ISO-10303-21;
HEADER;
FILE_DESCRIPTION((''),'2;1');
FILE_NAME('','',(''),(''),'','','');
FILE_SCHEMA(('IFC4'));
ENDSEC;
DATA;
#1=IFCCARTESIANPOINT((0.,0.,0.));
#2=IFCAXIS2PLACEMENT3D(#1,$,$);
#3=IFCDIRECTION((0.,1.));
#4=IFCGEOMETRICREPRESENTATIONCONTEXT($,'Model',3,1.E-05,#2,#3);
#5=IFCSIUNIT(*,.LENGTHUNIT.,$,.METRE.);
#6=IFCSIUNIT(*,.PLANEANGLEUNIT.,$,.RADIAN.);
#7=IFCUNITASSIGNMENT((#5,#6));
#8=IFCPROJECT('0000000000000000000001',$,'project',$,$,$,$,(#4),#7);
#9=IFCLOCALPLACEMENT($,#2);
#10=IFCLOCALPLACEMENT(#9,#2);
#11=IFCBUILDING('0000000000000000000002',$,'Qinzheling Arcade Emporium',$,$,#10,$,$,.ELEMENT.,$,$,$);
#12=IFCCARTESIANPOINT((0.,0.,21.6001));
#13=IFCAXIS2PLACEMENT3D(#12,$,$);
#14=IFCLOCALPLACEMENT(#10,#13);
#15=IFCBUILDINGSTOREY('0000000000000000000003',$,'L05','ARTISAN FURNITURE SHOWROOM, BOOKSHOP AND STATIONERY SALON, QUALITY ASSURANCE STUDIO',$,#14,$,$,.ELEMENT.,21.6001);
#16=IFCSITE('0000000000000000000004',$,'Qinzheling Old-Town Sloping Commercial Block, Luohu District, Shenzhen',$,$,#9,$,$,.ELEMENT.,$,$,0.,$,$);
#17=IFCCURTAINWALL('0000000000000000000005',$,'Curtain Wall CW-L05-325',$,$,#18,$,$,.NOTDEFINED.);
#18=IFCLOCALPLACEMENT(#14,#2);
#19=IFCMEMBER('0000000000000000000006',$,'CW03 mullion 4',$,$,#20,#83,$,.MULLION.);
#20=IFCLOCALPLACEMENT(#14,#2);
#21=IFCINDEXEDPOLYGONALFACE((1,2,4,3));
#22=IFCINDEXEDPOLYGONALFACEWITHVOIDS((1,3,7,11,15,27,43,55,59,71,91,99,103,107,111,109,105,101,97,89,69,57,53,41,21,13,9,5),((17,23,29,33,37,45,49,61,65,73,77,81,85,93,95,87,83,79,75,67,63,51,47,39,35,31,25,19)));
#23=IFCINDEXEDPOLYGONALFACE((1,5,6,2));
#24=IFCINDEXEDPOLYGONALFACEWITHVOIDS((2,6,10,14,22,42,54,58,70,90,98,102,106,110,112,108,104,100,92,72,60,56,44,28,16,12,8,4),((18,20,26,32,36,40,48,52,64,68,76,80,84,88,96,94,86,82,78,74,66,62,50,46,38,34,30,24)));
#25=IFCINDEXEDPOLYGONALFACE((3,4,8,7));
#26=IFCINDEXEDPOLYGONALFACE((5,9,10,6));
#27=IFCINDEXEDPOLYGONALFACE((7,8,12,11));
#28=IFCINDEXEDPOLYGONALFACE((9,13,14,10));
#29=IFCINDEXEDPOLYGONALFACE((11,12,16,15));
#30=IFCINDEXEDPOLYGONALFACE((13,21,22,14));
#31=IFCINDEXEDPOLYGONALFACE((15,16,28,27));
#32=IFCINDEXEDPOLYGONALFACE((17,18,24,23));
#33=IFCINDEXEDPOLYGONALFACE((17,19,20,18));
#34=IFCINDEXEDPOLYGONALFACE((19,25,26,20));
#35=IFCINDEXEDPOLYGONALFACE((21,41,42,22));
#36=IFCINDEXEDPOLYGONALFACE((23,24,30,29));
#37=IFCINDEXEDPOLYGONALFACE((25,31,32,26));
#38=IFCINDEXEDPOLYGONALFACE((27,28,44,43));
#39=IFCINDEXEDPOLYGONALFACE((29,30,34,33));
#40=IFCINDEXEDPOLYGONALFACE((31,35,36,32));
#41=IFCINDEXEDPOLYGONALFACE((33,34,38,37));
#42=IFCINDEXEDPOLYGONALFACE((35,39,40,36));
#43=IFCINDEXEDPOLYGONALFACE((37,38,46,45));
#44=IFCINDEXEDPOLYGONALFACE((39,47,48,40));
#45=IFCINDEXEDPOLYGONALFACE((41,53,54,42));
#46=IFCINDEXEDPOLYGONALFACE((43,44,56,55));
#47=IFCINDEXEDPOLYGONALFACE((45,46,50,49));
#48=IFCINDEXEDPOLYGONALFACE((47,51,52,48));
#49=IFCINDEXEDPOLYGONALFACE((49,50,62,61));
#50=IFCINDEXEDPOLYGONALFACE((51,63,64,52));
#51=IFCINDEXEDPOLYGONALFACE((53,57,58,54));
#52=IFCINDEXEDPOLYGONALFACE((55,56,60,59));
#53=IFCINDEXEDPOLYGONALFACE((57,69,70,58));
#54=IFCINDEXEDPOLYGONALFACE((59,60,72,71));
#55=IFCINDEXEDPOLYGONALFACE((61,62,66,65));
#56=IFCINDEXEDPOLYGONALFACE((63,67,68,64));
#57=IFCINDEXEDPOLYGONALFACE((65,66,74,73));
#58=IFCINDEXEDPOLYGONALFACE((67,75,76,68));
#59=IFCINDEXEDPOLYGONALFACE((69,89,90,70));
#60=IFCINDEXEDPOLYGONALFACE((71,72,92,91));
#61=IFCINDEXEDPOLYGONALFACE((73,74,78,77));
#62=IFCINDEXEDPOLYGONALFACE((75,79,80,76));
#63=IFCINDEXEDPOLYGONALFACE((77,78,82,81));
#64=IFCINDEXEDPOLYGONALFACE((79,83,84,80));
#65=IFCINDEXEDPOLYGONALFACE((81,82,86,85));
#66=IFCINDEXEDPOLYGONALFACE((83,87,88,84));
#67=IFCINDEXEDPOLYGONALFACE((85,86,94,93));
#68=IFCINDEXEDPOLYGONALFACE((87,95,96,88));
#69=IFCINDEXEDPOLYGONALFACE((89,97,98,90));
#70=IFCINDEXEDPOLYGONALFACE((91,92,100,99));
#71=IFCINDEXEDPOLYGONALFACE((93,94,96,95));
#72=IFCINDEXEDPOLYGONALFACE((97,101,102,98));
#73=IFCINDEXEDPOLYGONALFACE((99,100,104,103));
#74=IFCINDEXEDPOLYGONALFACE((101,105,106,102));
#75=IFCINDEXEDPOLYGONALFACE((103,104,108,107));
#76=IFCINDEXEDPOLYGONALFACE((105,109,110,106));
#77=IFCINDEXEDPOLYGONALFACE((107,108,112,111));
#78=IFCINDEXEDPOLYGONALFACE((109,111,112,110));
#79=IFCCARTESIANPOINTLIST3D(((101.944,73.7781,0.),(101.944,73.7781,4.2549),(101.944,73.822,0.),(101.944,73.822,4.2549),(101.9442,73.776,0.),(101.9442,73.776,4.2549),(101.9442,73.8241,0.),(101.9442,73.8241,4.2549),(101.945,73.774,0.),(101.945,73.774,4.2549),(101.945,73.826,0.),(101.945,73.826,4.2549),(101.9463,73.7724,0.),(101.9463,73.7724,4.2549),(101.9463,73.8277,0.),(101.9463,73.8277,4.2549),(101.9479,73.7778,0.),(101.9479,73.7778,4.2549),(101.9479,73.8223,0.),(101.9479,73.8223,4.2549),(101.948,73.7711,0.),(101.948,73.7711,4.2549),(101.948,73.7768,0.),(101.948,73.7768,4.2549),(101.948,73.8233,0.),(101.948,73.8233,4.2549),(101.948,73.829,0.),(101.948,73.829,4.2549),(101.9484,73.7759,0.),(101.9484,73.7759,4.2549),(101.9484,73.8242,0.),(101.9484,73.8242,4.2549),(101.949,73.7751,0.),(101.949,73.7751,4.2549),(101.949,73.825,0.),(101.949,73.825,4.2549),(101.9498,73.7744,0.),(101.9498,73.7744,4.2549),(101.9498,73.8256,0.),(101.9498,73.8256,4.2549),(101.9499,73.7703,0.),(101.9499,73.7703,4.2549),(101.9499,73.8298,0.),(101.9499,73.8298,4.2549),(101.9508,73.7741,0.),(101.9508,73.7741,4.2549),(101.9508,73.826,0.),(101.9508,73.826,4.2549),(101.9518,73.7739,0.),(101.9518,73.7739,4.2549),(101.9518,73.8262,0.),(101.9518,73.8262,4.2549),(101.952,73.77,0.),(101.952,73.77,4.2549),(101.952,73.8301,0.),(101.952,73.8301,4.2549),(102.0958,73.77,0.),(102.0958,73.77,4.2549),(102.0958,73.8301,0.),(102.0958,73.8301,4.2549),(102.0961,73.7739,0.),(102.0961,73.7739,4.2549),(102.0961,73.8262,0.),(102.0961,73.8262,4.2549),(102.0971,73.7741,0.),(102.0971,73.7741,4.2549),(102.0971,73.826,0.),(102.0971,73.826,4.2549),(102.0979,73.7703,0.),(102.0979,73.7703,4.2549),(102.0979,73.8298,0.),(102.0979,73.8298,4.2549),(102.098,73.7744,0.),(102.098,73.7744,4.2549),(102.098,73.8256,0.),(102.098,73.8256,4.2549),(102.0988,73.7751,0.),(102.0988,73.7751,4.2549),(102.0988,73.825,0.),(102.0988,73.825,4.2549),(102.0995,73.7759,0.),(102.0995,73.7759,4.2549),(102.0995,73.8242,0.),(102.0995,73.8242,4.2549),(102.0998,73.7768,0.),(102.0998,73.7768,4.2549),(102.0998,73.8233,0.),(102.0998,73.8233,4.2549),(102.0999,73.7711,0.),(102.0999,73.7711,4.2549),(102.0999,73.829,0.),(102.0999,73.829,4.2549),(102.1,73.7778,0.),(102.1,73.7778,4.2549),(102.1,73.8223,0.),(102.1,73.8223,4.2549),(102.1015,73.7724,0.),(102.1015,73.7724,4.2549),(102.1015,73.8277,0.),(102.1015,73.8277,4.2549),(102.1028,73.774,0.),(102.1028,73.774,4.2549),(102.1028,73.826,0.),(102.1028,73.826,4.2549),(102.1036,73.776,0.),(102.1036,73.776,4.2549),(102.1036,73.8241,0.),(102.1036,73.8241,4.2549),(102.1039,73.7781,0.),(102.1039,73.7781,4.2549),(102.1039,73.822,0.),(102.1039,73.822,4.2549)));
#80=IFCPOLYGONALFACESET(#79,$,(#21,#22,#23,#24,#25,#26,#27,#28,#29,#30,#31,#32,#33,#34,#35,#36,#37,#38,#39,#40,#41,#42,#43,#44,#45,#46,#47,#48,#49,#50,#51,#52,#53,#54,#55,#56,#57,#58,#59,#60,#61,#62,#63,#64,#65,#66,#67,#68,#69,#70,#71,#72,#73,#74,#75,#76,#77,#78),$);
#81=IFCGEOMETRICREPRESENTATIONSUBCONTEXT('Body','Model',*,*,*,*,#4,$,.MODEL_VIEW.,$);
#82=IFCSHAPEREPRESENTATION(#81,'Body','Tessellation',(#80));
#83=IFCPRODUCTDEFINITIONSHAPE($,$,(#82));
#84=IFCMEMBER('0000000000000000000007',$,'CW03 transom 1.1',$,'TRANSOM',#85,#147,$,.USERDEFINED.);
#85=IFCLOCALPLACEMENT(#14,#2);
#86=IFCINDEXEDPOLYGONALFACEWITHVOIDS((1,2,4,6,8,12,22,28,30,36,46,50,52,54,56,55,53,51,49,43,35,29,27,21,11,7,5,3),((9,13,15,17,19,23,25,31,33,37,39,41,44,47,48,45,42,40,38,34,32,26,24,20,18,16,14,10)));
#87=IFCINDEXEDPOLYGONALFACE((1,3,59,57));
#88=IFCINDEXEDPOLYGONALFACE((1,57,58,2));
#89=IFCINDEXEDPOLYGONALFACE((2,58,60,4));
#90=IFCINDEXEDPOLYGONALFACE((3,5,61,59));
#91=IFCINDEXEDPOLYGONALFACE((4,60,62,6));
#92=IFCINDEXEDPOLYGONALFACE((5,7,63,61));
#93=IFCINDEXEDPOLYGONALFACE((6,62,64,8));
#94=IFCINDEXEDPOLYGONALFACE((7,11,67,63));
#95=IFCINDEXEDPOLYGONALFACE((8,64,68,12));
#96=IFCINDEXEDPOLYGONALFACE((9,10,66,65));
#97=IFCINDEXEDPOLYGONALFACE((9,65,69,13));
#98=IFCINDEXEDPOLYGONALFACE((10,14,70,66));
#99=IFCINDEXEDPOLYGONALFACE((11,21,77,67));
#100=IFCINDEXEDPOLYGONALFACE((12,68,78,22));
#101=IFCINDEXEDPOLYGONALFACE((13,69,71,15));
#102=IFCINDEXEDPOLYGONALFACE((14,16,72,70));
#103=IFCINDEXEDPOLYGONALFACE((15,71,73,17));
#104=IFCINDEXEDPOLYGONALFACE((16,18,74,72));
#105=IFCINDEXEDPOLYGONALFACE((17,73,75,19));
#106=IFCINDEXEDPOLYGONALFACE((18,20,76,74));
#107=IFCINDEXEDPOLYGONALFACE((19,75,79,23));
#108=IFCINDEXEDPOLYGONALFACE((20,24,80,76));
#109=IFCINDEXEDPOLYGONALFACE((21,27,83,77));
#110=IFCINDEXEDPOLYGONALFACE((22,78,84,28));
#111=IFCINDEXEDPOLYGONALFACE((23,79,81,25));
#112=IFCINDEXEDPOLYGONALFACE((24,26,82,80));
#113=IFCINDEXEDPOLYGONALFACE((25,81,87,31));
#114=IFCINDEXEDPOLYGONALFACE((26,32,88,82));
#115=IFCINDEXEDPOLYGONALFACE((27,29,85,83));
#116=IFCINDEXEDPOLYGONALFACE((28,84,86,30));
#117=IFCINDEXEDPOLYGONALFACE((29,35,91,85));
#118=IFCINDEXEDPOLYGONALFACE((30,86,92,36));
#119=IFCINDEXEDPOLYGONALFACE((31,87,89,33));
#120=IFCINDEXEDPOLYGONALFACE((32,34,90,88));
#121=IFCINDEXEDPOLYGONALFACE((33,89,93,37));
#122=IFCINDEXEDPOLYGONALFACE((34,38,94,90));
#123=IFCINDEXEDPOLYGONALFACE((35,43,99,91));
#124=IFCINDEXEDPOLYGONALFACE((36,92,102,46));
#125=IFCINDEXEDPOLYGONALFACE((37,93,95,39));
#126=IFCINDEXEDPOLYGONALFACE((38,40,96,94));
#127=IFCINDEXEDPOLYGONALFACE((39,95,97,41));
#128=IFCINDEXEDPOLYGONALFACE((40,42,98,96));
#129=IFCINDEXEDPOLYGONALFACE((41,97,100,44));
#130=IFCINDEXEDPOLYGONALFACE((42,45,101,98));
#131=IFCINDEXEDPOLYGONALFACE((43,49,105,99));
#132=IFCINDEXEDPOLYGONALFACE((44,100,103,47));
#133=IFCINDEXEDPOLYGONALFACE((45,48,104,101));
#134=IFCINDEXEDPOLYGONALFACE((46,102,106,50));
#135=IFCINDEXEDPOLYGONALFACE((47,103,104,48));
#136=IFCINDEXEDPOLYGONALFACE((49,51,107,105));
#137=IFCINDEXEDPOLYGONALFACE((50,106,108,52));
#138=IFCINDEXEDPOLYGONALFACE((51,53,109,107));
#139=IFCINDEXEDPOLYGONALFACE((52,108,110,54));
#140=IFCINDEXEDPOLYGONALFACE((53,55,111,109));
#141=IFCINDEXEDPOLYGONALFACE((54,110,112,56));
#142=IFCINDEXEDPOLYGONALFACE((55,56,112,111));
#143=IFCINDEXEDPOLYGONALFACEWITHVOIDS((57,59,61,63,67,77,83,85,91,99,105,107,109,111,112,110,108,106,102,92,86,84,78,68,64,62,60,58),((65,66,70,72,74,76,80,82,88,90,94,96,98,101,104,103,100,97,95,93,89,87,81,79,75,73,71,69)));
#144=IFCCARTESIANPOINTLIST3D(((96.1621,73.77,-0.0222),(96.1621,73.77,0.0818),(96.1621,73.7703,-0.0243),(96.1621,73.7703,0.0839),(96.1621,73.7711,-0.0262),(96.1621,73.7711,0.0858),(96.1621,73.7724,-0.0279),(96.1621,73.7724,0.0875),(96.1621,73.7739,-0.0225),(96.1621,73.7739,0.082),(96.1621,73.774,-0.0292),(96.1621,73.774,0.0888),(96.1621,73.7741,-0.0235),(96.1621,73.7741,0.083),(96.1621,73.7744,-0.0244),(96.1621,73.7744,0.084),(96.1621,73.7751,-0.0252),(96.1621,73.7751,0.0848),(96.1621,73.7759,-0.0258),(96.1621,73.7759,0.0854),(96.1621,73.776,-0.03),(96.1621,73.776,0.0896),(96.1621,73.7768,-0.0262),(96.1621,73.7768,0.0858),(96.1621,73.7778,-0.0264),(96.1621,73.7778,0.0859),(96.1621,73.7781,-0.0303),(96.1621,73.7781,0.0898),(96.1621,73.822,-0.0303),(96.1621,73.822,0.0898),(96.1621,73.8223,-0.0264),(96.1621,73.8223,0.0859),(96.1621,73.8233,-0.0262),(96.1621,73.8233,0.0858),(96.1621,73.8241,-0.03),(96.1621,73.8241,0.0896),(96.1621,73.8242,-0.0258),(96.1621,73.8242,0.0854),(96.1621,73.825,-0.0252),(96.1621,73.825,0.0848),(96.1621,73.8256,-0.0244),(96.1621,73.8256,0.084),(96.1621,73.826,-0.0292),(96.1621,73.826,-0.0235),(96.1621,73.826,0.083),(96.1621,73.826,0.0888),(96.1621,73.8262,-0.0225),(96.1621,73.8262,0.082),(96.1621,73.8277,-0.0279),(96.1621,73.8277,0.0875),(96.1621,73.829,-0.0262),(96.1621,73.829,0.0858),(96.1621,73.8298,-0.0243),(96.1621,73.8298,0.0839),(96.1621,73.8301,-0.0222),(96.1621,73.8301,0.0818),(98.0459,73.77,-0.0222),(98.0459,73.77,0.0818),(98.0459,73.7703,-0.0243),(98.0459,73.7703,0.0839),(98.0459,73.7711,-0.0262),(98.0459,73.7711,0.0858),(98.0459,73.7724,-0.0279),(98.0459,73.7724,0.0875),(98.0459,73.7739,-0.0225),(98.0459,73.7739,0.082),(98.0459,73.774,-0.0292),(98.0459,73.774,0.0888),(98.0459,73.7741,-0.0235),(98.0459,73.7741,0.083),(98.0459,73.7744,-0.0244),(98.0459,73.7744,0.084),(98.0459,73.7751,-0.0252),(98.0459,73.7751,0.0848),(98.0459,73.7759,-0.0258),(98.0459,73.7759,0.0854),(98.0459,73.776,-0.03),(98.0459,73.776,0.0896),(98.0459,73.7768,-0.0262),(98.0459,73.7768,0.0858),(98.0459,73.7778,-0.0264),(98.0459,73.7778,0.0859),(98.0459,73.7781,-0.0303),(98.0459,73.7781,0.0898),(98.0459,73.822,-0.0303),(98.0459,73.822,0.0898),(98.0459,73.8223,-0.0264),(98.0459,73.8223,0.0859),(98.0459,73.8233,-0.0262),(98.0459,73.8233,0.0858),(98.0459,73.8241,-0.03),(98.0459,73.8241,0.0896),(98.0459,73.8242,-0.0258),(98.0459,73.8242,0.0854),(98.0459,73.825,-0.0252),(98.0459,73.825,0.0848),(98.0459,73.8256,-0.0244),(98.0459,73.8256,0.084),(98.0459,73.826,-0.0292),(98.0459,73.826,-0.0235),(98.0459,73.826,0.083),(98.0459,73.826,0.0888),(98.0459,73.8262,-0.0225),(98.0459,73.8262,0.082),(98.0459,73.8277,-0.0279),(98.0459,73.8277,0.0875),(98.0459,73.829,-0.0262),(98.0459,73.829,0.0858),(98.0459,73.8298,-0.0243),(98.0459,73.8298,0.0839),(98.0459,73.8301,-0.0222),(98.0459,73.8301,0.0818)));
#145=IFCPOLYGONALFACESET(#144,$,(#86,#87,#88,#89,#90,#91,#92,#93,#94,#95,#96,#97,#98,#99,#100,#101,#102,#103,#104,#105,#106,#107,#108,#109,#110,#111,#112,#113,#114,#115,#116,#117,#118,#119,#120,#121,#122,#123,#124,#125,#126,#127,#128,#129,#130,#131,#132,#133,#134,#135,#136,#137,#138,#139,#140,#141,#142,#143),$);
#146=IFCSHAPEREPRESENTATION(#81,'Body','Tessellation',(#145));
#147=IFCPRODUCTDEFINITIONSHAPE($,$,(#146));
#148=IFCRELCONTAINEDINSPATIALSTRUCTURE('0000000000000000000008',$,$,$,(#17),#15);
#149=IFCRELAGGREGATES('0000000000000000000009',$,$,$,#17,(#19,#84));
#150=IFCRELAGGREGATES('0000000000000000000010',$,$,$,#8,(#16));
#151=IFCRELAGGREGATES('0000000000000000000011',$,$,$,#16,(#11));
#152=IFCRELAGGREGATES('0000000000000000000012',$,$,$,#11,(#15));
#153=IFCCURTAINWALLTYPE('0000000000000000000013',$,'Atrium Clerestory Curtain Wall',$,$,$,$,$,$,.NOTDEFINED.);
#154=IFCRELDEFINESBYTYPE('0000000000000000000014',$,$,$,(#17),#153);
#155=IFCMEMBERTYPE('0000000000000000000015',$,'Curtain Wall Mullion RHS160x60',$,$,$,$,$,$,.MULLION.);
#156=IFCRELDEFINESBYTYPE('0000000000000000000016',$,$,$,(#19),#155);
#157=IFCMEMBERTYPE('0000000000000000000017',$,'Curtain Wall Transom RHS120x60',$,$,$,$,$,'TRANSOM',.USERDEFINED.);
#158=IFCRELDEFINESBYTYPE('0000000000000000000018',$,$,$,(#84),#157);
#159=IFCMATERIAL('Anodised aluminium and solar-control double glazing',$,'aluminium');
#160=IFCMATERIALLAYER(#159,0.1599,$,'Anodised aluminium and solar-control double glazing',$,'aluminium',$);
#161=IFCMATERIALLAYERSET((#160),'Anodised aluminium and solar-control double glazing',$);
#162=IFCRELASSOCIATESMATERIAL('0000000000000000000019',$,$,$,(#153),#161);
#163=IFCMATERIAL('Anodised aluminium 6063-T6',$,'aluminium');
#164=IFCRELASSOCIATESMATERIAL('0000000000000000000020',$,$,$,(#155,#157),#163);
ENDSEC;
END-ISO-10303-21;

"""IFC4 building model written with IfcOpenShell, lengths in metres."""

from ifc_helpers import new_model, si_unit, direction, frame, origin, origin_2d, place, context, subcontext, project, spatial, hollow_rectangle, extrude, material, layer, layer_set, material_profile, profile_set, type_object, element, aggregate, save


model = new_model("IFC4")

# Units and contexts
model_context = context("Model", 3, precision=1e-05, world=origin(), true_north=direction((0.0, 1.0)))
body_context = subcontext(model_context, "Body", "Model", "MODEL_VIEW")
ifc_project = project(units=[si_unit("LENGTHUNIT", "METRE"), si_unit("PLANEANGLEUNIT", "RADIAN")], contexts=[model_context])

# Site, building, storey
site_placement = place(None, origin())
site = spatial("IfcSite", under=ifc_project, at=site_placement, Name="Qinzheling Old-Town Sloping Commercial Block, Luohu District, Shenzhen", CompositionType="ELEMENT", RefElevation=0.0)
building_placement = place(site_placement, origin())
building = spatial("IfcBuilding", under=site, at=building_placement, Name="Qinzheling Arcade Emporium", CompositionType="ELEMENT")
storey_placement = place(building_placement, frame((0.0, 0.0, 21.6001)))
storey = spatial("IfcBuildingStorey", under=building, at=storey_placement, Name="L05", Description="ARTISAN FURNITURE SHOWROOM, BOOKSHOP AND STATIONERY SALON, QUALITY ASSURANCE STUDIO", CompositionType="ELEMENT", Elevation=21.6001)

# Shared definitions
ifc_material_1 = material(Name="Anodised aluminium and solar-control double glazing", Category="aluminium")
ifc_layer_1 = layer(ifc_material_1, 0.1599, Name="Anodised aluminium and solar-control double glazing", Category="aluminium")
ifc_layer_set_1 = layer_set([ifc_layer_1], Name="Anodised aluminium and solar-control double glazing")
curtain_wall_type = type_object("IfcCurtainWallType", Name="Atrium Clerestory Curtain Wall", PredefinedType="NOTDEFINED", material=ifc_layer_set_1)
ifc_material_2 = material(Name="Anodised aluminium 6063-T6", Category="aluminium")
ifc_material_profile_1 = material_profile(ifc_material_2, hollow_rectangle(XDim=0.0601, YDim=0.1599, WallThickness=0.0039, InnerFilletRadius=0.0039, OuterFilletRadius=0.0081, at=origin_2d()), Name="RHS 160x60x4", Category="aluminium")
ifc_profile_set_1 = profile_set([ifc_material_profile_1], Name="Anodised aluminium 6063-T6")
member_type_1 = type_object("IfcMemberType", Name="Curtain Wall Mullion RHS160x60", PredefinedType="MULLION", material=ifc_profile_set_1)

# Curtain wall, members
curtain_wall_1_placement = place(storey_placement, origin())
curtain_wall_1 = element("IfcCurtainWall", 1, at=curtain_wall_1_placement, inside=storey, type_object=curtain_wall_type, Name="Curtain Wall CW-L05-325", PredefinedType="NOTDEFINED")
member_1_placement = place(storey_placement, frame((102.0239, 73.8, 0.0), z_axis=(0.0, 0.0, 1.0), x_axis=(0.0, 1.0, 0.0)))
member_1 = element("IfcMember", 2, at=member_1_placement, type_object=member_type_1, Name="CW03 mullion 4", PredefinedType="MULLION", context=body_context, shape_type="SweptSolid", body=[
    extrude(hollow_rectangle(XDim=0.0601, YDim=0.1599, WallThickness=0.0039, InnerFilletRadius=0.0039, OuterFilletRadius=0.0081, at=origin_2d()), origin(), (0.0, 0.0, 1.0), 4.2549),
])
ifc_material_profile_2 = material_profile(ifc_material_2, hollow_rectangle(XDim=0.0601, YDim=0.1201, WallThickness=0.0039, InnerFilletRadius=0.0039, OuterFilletRadius=0.0081, at=origin_2d()), Name="RHS 120x60x4", Category="aluminium")
ifc_profile_set_2 = profile_set([ifc_material_profile_2], Name="Anodised aluminium 6063-T6")
member_type_2 = type_object("IfcMemberType", Name="Curtain Wall Transom RHS120x60", ElementType="TRANSOM", PredefinedType="USERDEFINED", material=ifc_profile_set_2)
member_2_placement = place(storey_placement, frame((96.1621, 73.8, 0.0298), z_axis=(1.0, 0.0, 0.0), x_axis=(0.0, 1.0, 0.0)))
member_2 = element("IfcMember", 3, at=member_2_placement, type_object=member_type_2, Name="CW03 transom 1.1", ObjectType="TRANSOM", PredefinedType="USERDEFINED", context=body_context, shape_type="SweptSolid", body=[
    extrude(hollow_rectangle(XDim=0.0601, YDim=0.1201, WallThickness=0.0039, InnerFilletRadius=0.0039, OuterFilletRadius=0.0081, at=origin_2d()), origin(), (0.0, 0.0, 1.0), 1.8838),
])

aggregate(curtain_wall_1, [member_1, member_2])

save(model, "model.ifc")
